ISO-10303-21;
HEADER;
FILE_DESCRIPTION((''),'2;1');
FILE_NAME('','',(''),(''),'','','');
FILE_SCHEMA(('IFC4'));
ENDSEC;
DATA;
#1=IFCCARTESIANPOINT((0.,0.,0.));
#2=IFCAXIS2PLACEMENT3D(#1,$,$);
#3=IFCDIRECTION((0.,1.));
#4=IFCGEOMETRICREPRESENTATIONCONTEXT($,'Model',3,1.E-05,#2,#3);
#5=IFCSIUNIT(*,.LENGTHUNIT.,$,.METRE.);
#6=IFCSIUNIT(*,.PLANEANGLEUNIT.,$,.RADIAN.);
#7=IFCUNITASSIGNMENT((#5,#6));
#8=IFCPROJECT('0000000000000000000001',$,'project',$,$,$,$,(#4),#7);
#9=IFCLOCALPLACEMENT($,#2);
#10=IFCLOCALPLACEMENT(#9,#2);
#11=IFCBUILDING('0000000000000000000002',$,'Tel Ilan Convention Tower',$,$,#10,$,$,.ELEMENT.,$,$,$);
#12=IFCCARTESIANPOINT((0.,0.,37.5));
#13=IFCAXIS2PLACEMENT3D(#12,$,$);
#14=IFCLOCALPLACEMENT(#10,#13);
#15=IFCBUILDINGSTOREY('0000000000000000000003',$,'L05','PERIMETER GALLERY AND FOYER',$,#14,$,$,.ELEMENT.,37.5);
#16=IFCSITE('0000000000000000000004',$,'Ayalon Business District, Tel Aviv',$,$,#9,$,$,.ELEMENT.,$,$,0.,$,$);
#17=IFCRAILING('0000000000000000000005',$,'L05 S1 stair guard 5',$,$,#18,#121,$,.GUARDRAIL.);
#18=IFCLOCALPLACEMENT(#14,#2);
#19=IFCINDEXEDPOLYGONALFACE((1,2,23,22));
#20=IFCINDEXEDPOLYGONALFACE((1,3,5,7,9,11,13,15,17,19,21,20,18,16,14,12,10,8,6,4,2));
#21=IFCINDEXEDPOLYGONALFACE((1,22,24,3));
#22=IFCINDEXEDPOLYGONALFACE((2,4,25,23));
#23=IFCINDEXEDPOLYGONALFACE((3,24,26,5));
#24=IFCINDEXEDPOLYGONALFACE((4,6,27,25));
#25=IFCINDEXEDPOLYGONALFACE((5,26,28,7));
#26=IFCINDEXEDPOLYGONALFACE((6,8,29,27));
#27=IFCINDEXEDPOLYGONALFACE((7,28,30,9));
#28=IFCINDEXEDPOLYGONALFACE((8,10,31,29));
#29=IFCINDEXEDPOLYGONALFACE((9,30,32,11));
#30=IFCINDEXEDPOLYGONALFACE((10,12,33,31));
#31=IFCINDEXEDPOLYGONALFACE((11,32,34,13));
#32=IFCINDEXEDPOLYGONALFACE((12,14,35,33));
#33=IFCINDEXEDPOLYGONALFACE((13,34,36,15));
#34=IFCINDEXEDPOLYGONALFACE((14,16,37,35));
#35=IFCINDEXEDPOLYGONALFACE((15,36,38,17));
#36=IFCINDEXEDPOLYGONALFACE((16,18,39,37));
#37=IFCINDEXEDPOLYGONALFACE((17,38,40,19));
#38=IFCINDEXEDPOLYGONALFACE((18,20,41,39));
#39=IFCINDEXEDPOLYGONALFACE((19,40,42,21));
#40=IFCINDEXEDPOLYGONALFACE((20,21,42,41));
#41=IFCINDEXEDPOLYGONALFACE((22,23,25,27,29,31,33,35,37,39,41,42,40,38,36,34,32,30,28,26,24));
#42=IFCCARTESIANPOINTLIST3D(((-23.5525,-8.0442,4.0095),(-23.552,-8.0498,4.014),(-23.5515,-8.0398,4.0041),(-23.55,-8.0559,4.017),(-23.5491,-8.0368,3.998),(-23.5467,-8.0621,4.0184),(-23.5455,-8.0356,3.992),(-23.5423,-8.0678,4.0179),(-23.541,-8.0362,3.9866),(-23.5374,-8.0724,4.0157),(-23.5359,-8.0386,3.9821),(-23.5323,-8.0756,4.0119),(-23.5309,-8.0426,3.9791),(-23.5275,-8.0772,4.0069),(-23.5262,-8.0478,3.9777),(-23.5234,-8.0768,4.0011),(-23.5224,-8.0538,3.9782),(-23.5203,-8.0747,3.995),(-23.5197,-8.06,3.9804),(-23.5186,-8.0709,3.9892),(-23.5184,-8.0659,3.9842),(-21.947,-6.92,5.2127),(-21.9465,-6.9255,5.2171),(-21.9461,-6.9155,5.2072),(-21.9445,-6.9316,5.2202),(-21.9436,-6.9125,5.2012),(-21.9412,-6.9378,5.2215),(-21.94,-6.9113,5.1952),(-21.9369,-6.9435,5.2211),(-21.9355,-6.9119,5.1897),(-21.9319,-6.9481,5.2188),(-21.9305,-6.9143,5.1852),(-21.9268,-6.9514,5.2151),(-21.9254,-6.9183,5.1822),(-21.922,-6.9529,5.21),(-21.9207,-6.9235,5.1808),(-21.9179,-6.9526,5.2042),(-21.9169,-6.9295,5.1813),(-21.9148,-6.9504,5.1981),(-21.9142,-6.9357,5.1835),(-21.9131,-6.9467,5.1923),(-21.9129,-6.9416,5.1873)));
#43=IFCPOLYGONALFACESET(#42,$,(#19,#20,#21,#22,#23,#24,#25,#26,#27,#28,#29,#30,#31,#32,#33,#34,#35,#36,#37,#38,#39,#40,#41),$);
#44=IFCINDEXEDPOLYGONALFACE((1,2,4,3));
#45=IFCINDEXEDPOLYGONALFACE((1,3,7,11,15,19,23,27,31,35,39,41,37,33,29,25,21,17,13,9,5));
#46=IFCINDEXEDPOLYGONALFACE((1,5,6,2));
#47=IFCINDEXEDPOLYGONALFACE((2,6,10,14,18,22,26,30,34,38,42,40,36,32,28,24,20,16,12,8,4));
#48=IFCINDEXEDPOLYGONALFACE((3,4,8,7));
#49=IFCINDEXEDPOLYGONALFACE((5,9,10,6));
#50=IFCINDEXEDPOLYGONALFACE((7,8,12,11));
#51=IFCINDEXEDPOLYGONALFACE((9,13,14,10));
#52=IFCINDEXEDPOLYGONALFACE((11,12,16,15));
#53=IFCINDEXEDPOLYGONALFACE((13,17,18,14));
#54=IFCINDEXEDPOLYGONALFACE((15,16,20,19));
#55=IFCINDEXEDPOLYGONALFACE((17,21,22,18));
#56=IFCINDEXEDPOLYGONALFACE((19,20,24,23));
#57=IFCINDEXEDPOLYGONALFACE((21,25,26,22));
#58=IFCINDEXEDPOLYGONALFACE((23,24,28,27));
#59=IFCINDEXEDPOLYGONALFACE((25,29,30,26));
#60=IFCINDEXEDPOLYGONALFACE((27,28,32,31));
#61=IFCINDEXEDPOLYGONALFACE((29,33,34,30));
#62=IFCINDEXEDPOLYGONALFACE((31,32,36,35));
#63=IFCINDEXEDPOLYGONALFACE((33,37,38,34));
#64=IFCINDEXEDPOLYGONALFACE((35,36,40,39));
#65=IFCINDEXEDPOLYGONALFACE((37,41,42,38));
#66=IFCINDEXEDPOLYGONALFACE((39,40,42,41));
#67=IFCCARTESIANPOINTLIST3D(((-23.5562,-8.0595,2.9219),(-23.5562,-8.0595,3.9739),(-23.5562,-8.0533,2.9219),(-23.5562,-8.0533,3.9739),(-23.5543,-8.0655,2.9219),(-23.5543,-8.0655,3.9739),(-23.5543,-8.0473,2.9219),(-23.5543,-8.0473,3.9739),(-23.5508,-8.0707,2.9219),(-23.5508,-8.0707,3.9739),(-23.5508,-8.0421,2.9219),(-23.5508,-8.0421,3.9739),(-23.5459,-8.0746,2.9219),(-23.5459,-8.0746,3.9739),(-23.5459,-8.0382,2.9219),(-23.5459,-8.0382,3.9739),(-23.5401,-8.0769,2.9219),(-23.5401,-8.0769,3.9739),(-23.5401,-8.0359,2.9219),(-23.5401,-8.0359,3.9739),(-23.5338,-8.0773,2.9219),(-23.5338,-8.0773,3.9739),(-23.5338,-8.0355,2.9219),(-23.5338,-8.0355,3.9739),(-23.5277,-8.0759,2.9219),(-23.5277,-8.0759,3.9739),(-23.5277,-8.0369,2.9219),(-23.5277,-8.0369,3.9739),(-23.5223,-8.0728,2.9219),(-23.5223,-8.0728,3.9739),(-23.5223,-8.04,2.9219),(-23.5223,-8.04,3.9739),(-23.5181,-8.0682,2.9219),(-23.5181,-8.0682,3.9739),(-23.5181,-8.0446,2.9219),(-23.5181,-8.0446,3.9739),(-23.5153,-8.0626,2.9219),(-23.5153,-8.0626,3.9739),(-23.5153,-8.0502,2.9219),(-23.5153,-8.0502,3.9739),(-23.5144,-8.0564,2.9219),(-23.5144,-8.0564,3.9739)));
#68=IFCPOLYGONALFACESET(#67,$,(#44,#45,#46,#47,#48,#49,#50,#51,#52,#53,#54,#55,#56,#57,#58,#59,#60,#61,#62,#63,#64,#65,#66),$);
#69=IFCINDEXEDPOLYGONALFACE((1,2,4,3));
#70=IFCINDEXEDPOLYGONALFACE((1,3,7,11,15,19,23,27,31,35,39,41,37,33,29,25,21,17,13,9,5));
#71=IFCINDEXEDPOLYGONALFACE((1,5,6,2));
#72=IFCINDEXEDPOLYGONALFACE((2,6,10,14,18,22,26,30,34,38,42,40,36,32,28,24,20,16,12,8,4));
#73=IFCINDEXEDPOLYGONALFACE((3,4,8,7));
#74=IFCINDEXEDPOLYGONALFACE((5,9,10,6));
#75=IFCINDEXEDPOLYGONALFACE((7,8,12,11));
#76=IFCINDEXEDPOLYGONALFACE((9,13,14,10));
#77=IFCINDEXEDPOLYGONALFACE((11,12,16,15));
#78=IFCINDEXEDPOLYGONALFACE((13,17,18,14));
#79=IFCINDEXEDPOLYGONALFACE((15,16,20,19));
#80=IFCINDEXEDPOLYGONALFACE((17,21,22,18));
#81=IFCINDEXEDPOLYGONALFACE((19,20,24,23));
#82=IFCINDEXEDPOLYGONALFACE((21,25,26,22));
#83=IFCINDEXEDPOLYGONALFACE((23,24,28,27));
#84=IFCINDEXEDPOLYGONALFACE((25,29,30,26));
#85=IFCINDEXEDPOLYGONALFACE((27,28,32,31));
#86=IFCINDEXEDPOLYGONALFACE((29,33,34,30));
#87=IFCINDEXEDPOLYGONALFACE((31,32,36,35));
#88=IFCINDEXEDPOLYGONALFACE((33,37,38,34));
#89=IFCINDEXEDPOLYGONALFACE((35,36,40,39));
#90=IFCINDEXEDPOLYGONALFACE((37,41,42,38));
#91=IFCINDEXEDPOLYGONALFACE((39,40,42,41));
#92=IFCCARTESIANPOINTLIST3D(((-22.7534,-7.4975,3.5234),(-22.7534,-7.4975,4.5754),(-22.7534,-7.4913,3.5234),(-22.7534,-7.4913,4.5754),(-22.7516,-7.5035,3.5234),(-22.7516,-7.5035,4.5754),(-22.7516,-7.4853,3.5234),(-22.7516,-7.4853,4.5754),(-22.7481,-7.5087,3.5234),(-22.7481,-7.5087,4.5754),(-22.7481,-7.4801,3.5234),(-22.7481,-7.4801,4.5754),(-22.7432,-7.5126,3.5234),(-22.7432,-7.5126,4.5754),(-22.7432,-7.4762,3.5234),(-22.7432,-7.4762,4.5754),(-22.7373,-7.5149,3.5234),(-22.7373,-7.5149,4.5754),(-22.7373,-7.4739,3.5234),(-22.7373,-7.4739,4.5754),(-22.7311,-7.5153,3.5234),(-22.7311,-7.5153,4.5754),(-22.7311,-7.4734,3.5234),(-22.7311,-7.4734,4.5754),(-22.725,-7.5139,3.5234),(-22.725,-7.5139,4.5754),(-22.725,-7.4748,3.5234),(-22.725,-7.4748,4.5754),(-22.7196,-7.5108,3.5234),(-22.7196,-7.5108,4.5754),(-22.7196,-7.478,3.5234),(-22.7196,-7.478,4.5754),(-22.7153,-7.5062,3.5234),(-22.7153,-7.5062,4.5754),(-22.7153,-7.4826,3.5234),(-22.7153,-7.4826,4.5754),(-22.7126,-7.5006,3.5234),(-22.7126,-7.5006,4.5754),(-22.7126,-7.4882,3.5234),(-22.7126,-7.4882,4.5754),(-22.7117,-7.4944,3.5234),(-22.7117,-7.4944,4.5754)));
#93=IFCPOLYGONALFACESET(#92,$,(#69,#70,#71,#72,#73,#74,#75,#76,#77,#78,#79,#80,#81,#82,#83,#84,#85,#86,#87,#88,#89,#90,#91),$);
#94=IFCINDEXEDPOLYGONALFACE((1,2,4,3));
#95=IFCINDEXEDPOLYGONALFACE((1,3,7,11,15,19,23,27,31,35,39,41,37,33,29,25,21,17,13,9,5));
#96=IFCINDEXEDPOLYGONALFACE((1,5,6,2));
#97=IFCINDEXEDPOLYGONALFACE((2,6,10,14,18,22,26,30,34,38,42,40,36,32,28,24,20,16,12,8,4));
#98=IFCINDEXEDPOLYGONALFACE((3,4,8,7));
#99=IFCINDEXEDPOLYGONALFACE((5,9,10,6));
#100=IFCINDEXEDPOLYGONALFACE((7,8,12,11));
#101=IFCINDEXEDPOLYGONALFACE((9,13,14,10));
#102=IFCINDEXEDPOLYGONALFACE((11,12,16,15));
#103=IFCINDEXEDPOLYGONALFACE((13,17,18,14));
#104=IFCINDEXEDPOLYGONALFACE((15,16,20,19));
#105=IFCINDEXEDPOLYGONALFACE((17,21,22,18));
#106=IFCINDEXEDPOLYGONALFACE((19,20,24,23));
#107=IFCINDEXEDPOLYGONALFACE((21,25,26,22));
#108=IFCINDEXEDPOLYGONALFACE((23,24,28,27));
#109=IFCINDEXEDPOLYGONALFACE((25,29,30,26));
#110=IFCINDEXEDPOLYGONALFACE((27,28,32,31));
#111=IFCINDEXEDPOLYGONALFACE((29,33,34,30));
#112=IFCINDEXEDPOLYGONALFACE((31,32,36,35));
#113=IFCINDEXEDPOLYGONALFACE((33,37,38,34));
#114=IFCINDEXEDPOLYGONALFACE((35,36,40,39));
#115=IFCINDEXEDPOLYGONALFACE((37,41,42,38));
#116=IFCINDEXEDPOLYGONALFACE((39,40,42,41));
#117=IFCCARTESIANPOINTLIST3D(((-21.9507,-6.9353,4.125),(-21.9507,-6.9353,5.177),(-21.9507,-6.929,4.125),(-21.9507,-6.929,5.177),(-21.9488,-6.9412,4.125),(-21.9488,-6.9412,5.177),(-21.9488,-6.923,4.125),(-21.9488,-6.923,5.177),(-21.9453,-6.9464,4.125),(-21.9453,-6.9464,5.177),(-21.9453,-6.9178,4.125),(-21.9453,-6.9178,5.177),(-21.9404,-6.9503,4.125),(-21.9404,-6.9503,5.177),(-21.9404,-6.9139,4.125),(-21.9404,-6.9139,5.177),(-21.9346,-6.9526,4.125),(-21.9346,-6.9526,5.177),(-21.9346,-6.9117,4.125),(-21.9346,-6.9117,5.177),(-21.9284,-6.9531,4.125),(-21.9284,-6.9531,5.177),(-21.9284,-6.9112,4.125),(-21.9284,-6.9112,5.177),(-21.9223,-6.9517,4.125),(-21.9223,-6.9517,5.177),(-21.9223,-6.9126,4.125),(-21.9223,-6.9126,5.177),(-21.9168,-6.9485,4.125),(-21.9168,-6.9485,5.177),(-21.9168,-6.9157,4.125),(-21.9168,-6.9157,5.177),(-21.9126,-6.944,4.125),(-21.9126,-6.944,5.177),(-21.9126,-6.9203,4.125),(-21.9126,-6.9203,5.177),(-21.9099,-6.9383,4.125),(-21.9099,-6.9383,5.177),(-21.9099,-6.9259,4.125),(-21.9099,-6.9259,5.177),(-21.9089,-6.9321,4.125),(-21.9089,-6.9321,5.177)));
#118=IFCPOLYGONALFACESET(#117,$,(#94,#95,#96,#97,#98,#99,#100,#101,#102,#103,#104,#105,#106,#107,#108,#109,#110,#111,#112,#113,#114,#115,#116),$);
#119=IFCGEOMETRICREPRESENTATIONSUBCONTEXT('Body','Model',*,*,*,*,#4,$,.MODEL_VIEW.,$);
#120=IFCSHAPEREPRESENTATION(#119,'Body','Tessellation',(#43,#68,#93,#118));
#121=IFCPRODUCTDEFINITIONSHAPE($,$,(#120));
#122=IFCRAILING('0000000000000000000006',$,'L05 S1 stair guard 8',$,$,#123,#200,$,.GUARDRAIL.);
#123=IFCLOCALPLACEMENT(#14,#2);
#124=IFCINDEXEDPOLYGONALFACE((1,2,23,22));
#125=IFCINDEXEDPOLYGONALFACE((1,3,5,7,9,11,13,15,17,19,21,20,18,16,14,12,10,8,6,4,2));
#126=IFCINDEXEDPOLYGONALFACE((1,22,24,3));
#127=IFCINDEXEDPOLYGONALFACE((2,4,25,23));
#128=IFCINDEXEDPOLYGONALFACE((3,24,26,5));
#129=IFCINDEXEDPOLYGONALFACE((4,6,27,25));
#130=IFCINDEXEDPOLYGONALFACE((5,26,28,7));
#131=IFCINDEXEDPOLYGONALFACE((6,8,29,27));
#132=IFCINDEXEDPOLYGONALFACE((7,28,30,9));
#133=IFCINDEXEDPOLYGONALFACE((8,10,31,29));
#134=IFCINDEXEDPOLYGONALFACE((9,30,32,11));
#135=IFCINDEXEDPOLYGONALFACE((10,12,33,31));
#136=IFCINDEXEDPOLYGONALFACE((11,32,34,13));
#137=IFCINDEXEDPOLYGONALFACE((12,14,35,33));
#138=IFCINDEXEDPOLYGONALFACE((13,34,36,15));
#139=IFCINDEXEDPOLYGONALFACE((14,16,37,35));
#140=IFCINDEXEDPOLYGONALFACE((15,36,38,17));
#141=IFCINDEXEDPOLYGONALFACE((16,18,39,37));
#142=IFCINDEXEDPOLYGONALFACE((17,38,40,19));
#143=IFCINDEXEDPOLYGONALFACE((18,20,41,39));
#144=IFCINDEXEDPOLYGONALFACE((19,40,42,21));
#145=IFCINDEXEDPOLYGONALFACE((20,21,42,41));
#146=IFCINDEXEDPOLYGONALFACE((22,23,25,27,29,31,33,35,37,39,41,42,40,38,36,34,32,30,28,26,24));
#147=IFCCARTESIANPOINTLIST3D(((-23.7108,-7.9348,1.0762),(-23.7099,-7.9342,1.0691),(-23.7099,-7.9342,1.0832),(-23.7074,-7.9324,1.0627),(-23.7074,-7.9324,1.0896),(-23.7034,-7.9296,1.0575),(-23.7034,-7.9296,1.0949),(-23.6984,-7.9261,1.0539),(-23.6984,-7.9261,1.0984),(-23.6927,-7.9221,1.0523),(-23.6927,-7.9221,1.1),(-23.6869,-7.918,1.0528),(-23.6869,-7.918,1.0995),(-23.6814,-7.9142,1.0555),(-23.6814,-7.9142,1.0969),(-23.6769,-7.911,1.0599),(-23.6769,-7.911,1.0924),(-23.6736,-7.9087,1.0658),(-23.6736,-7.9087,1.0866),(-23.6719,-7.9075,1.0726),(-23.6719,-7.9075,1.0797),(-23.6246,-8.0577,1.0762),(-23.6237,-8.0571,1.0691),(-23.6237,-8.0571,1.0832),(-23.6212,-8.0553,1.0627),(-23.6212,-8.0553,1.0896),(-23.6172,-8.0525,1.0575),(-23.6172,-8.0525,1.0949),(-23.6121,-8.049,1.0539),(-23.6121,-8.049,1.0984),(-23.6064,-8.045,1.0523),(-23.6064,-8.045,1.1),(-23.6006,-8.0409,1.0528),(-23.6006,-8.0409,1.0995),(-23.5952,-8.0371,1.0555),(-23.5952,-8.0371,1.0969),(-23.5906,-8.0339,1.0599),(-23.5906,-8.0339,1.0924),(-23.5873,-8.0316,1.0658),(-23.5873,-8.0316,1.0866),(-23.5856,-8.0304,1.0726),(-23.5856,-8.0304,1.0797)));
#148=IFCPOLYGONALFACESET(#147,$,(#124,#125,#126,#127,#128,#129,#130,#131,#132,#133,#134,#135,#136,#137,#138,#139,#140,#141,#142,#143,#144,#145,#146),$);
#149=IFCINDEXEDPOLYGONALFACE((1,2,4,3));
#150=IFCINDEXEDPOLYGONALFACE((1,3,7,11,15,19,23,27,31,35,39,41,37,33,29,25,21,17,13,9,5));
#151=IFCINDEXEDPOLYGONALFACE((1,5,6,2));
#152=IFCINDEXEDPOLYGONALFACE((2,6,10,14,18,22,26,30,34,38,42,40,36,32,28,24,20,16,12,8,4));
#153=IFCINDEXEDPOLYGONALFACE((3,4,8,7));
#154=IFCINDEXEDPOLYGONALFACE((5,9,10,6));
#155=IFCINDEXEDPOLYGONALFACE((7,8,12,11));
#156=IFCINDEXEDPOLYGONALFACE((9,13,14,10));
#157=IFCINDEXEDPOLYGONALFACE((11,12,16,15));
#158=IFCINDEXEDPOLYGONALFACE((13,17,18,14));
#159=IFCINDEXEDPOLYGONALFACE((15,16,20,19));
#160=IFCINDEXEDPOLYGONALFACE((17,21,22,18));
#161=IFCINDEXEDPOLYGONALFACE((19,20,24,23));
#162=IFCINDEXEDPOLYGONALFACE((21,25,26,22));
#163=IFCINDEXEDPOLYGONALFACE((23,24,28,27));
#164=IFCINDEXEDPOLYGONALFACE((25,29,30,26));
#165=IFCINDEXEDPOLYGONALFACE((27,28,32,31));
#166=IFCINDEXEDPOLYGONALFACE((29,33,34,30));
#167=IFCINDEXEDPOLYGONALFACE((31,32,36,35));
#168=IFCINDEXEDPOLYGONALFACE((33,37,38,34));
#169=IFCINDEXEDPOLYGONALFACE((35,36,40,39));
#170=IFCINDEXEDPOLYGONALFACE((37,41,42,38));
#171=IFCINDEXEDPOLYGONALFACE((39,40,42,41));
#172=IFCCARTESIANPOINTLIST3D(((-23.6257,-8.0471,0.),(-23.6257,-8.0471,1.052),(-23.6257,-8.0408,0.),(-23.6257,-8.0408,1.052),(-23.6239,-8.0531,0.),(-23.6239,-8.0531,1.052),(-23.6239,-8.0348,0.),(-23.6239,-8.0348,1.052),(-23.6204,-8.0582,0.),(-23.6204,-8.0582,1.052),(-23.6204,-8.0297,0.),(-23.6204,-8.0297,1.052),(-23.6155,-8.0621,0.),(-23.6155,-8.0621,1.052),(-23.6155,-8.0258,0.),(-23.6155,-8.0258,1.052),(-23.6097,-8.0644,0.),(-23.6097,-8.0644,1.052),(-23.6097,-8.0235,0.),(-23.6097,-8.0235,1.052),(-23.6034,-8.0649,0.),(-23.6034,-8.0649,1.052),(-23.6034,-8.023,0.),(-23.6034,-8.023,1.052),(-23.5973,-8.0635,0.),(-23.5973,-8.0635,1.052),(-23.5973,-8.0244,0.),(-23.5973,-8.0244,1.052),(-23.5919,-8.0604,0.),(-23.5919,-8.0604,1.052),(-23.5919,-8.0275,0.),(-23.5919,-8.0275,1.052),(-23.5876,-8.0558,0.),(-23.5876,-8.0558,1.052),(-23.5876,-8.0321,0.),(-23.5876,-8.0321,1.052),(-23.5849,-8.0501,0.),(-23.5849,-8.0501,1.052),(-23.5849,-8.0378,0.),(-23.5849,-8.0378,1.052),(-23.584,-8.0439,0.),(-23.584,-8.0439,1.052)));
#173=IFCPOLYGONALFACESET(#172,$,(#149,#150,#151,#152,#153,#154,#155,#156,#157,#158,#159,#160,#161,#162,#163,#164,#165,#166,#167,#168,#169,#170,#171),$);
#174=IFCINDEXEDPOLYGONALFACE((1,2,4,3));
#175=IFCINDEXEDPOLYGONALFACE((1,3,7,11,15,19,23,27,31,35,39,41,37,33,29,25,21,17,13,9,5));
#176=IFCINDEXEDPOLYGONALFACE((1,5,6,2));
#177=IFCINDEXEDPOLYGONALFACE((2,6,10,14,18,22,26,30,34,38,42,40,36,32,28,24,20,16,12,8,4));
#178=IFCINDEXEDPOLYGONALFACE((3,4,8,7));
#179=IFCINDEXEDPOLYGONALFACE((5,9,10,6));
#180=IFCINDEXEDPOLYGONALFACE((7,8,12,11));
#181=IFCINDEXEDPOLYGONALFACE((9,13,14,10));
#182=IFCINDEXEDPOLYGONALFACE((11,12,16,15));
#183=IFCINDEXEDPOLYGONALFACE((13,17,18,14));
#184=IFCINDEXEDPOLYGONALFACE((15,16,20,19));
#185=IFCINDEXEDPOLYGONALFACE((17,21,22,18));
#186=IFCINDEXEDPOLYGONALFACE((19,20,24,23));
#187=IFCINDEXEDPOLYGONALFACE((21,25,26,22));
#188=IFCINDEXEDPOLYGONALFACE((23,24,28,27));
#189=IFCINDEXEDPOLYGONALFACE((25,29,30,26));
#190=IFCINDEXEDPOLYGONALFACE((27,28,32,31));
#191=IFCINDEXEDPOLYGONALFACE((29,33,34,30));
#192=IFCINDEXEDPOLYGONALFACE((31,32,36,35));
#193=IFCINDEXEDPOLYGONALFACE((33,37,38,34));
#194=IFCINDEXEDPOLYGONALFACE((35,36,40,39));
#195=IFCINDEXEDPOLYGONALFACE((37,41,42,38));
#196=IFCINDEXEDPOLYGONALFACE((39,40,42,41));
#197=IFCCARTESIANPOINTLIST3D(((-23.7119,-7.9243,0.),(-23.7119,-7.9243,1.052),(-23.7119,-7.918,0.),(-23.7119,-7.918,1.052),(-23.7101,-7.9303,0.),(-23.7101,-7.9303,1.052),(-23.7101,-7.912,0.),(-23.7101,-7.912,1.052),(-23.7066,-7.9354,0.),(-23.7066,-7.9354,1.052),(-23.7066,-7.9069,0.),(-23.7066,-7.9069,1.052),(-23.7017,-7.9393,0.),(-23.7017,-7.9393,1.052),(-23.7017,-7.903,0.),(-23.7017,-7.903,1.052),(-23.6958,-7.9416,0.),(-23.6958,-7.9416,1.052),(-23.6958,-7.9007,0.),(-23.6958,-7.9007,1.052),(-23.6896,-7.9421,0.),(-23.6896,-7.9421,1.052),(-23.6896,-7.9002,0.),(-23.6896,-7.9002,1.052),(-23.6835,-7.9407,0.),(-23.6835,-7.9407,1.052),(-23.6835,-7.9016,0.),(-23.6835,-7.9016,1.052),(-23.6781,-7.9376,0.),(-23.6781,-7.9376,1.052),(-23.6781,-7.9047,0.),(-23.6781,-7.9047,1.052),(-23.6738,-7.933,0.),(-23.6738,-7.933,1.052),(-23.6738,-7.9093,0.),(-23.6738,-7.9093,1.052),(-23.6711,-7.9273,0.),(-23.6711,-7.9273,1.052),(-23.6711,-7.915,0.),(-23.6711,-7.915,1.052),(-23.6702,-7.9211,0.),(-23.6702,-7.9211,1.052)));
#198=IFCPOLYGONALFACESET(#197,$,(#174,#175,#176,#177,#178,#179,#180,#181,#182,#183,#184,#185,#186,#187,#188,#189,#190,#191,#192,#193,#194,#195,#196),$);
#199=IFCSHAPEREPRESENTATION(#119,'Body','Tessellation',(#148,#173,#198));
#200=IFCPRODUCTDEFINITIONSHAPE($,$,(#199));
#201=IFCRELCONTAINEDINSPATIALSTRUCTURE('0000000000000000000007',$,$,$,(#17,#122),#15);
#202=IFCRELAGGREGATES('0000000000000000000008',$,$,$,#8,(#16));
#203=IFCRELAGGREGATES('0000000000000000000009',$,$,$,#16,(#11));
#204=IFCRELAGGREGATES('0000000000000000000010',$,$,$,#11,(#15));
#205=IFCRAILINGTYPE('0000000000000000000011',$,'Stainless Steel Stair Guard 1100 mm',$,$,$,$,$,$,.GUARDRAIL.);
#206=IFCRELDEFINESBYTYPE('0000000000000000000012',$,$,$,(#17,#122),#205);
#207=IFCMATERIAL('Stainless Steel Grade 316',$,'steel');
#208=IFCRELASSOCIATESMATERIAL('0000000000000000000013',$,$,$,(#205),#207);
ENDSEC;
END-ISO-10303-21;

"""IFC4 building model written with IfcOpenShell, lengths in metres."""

from ifc_helpers import new_model, si_unit, direction, frame, origin, origin_2d, place, context, subcontext, project, spatial, circle, extrude, material, type_object, element, save


model = new_model("IFC4")

# Units and contexts
model_context = context("Model", 3, precision=1e-05, world=origin(), true_north=direction((0.0, 1.0)))
body_context = subcontext(model_context, "Body", "Model", "MODEL_VIEW")
ifc_project = project(units=[si_unit("LENGTHUNIT", "METRE"), si_unit("PLANEANGLEUNIT", "RADIAN")], contexts=[model_context])

# Site, building, storey
site_placement = place(None, origin())
site = spatial("IfcSite", under=ifc_project, at=site_placement, Name="Ayalon Business District, Tel Aviv", CompositionType="ELEMENT", RefElevation=0.0)
building_placement = place(site_placement, origin())
building = spatial("IfcBuilding", under=site, at=building_placement, Name="Tel Ilan Convention Tower", CompositionType="ELEMENT")
storey_placement = place(building_placement, frame((0.0, 0.0, 37.5)))
storey = spatial("IfcBuildingStorey", under=building, at=storey_placement, Name="L05", Description="PERIMETER GALLERY AND FOYER", CompositionType="ELEMENT", Elevation=37.5)

# Railings
ifc_material_1 = material(Name="Stainless Steel Grade 316", Category="steel")
railing_type_1 = type_object("IfcRailingType", Name="Stainless Steel Stair Guard 1100 mm", PredefinedType="GUARDRAIL", material=ifc_material_1)
railing_1_placement = place(storey_placement, frame((-23.5354, -8.0564, 2.9219)))
element("IfcRailing", 1, at=railing_1_placement, inside=storey, type_object=railing_type_1, Name="L05 S1 stair guard 5", PredefinedType="GUARDRAIL", context=body_context, shape_type="SweptSolid", body=[
    extrude(circle(Radius=0.0239, at=origin_2d()), frame((0.0, 0.0, 1.0762), z_axis=(0.698095, 0.488857, 0.523146), x_axis=(-0.573613, 0.819127, 0.0)), (0.0, 0.0, 1.0), 2.2998),
    extrude(circle(Radius=0.021, at=origin_2d()), origin(), (0.0, 0.0, 1.0), 1.052),
    extrude(circle(Radius=0.021, at=origin_2d()), frame((0.8027, 0.562, 0.6016)), (0.0, 0.0, 1.0), 1.052),
    extrude(circle(Radius=0.021, at=origin_2d()), frame((1.6055, 1.1243, 1.2031)), (0.0, 0.0, 1.0), 1.052),
])
railing_2_placement = place(storey_placement, frame((-23.605, -8.0439, 0.0)))
element("IfcRailing", 2, at=railing_2_placement, inside=storey, type_object=railing_type_1, Name="L05 S1 stair guard 8", PredefinedType="GUARDRAIL", context=body_context, shape_type="SweptSolid", body=[
    extrude(circle(Radius=0.0239, at=origin_2d()), frame((0.0, 0.0, 1.0762), z_axis=(-0.574445, 0.818543, 0.0), x_axis=(-0.818543, -0.574445, 0.0)), (0.0, 0.0, 1.0), 0.1501),
    extrude(circle(Radius=0.021, at=origin_2d()), origin(), (0.0, 0.0, 1.0), 1.052),
    extrude(circle(Radius=0.021, at=origin_2d()), frame((-0.0862, 0.1228, 0.0)), (0.0, 0.0, 1.0), 1.052),
])

save(model, "model.ifc")
